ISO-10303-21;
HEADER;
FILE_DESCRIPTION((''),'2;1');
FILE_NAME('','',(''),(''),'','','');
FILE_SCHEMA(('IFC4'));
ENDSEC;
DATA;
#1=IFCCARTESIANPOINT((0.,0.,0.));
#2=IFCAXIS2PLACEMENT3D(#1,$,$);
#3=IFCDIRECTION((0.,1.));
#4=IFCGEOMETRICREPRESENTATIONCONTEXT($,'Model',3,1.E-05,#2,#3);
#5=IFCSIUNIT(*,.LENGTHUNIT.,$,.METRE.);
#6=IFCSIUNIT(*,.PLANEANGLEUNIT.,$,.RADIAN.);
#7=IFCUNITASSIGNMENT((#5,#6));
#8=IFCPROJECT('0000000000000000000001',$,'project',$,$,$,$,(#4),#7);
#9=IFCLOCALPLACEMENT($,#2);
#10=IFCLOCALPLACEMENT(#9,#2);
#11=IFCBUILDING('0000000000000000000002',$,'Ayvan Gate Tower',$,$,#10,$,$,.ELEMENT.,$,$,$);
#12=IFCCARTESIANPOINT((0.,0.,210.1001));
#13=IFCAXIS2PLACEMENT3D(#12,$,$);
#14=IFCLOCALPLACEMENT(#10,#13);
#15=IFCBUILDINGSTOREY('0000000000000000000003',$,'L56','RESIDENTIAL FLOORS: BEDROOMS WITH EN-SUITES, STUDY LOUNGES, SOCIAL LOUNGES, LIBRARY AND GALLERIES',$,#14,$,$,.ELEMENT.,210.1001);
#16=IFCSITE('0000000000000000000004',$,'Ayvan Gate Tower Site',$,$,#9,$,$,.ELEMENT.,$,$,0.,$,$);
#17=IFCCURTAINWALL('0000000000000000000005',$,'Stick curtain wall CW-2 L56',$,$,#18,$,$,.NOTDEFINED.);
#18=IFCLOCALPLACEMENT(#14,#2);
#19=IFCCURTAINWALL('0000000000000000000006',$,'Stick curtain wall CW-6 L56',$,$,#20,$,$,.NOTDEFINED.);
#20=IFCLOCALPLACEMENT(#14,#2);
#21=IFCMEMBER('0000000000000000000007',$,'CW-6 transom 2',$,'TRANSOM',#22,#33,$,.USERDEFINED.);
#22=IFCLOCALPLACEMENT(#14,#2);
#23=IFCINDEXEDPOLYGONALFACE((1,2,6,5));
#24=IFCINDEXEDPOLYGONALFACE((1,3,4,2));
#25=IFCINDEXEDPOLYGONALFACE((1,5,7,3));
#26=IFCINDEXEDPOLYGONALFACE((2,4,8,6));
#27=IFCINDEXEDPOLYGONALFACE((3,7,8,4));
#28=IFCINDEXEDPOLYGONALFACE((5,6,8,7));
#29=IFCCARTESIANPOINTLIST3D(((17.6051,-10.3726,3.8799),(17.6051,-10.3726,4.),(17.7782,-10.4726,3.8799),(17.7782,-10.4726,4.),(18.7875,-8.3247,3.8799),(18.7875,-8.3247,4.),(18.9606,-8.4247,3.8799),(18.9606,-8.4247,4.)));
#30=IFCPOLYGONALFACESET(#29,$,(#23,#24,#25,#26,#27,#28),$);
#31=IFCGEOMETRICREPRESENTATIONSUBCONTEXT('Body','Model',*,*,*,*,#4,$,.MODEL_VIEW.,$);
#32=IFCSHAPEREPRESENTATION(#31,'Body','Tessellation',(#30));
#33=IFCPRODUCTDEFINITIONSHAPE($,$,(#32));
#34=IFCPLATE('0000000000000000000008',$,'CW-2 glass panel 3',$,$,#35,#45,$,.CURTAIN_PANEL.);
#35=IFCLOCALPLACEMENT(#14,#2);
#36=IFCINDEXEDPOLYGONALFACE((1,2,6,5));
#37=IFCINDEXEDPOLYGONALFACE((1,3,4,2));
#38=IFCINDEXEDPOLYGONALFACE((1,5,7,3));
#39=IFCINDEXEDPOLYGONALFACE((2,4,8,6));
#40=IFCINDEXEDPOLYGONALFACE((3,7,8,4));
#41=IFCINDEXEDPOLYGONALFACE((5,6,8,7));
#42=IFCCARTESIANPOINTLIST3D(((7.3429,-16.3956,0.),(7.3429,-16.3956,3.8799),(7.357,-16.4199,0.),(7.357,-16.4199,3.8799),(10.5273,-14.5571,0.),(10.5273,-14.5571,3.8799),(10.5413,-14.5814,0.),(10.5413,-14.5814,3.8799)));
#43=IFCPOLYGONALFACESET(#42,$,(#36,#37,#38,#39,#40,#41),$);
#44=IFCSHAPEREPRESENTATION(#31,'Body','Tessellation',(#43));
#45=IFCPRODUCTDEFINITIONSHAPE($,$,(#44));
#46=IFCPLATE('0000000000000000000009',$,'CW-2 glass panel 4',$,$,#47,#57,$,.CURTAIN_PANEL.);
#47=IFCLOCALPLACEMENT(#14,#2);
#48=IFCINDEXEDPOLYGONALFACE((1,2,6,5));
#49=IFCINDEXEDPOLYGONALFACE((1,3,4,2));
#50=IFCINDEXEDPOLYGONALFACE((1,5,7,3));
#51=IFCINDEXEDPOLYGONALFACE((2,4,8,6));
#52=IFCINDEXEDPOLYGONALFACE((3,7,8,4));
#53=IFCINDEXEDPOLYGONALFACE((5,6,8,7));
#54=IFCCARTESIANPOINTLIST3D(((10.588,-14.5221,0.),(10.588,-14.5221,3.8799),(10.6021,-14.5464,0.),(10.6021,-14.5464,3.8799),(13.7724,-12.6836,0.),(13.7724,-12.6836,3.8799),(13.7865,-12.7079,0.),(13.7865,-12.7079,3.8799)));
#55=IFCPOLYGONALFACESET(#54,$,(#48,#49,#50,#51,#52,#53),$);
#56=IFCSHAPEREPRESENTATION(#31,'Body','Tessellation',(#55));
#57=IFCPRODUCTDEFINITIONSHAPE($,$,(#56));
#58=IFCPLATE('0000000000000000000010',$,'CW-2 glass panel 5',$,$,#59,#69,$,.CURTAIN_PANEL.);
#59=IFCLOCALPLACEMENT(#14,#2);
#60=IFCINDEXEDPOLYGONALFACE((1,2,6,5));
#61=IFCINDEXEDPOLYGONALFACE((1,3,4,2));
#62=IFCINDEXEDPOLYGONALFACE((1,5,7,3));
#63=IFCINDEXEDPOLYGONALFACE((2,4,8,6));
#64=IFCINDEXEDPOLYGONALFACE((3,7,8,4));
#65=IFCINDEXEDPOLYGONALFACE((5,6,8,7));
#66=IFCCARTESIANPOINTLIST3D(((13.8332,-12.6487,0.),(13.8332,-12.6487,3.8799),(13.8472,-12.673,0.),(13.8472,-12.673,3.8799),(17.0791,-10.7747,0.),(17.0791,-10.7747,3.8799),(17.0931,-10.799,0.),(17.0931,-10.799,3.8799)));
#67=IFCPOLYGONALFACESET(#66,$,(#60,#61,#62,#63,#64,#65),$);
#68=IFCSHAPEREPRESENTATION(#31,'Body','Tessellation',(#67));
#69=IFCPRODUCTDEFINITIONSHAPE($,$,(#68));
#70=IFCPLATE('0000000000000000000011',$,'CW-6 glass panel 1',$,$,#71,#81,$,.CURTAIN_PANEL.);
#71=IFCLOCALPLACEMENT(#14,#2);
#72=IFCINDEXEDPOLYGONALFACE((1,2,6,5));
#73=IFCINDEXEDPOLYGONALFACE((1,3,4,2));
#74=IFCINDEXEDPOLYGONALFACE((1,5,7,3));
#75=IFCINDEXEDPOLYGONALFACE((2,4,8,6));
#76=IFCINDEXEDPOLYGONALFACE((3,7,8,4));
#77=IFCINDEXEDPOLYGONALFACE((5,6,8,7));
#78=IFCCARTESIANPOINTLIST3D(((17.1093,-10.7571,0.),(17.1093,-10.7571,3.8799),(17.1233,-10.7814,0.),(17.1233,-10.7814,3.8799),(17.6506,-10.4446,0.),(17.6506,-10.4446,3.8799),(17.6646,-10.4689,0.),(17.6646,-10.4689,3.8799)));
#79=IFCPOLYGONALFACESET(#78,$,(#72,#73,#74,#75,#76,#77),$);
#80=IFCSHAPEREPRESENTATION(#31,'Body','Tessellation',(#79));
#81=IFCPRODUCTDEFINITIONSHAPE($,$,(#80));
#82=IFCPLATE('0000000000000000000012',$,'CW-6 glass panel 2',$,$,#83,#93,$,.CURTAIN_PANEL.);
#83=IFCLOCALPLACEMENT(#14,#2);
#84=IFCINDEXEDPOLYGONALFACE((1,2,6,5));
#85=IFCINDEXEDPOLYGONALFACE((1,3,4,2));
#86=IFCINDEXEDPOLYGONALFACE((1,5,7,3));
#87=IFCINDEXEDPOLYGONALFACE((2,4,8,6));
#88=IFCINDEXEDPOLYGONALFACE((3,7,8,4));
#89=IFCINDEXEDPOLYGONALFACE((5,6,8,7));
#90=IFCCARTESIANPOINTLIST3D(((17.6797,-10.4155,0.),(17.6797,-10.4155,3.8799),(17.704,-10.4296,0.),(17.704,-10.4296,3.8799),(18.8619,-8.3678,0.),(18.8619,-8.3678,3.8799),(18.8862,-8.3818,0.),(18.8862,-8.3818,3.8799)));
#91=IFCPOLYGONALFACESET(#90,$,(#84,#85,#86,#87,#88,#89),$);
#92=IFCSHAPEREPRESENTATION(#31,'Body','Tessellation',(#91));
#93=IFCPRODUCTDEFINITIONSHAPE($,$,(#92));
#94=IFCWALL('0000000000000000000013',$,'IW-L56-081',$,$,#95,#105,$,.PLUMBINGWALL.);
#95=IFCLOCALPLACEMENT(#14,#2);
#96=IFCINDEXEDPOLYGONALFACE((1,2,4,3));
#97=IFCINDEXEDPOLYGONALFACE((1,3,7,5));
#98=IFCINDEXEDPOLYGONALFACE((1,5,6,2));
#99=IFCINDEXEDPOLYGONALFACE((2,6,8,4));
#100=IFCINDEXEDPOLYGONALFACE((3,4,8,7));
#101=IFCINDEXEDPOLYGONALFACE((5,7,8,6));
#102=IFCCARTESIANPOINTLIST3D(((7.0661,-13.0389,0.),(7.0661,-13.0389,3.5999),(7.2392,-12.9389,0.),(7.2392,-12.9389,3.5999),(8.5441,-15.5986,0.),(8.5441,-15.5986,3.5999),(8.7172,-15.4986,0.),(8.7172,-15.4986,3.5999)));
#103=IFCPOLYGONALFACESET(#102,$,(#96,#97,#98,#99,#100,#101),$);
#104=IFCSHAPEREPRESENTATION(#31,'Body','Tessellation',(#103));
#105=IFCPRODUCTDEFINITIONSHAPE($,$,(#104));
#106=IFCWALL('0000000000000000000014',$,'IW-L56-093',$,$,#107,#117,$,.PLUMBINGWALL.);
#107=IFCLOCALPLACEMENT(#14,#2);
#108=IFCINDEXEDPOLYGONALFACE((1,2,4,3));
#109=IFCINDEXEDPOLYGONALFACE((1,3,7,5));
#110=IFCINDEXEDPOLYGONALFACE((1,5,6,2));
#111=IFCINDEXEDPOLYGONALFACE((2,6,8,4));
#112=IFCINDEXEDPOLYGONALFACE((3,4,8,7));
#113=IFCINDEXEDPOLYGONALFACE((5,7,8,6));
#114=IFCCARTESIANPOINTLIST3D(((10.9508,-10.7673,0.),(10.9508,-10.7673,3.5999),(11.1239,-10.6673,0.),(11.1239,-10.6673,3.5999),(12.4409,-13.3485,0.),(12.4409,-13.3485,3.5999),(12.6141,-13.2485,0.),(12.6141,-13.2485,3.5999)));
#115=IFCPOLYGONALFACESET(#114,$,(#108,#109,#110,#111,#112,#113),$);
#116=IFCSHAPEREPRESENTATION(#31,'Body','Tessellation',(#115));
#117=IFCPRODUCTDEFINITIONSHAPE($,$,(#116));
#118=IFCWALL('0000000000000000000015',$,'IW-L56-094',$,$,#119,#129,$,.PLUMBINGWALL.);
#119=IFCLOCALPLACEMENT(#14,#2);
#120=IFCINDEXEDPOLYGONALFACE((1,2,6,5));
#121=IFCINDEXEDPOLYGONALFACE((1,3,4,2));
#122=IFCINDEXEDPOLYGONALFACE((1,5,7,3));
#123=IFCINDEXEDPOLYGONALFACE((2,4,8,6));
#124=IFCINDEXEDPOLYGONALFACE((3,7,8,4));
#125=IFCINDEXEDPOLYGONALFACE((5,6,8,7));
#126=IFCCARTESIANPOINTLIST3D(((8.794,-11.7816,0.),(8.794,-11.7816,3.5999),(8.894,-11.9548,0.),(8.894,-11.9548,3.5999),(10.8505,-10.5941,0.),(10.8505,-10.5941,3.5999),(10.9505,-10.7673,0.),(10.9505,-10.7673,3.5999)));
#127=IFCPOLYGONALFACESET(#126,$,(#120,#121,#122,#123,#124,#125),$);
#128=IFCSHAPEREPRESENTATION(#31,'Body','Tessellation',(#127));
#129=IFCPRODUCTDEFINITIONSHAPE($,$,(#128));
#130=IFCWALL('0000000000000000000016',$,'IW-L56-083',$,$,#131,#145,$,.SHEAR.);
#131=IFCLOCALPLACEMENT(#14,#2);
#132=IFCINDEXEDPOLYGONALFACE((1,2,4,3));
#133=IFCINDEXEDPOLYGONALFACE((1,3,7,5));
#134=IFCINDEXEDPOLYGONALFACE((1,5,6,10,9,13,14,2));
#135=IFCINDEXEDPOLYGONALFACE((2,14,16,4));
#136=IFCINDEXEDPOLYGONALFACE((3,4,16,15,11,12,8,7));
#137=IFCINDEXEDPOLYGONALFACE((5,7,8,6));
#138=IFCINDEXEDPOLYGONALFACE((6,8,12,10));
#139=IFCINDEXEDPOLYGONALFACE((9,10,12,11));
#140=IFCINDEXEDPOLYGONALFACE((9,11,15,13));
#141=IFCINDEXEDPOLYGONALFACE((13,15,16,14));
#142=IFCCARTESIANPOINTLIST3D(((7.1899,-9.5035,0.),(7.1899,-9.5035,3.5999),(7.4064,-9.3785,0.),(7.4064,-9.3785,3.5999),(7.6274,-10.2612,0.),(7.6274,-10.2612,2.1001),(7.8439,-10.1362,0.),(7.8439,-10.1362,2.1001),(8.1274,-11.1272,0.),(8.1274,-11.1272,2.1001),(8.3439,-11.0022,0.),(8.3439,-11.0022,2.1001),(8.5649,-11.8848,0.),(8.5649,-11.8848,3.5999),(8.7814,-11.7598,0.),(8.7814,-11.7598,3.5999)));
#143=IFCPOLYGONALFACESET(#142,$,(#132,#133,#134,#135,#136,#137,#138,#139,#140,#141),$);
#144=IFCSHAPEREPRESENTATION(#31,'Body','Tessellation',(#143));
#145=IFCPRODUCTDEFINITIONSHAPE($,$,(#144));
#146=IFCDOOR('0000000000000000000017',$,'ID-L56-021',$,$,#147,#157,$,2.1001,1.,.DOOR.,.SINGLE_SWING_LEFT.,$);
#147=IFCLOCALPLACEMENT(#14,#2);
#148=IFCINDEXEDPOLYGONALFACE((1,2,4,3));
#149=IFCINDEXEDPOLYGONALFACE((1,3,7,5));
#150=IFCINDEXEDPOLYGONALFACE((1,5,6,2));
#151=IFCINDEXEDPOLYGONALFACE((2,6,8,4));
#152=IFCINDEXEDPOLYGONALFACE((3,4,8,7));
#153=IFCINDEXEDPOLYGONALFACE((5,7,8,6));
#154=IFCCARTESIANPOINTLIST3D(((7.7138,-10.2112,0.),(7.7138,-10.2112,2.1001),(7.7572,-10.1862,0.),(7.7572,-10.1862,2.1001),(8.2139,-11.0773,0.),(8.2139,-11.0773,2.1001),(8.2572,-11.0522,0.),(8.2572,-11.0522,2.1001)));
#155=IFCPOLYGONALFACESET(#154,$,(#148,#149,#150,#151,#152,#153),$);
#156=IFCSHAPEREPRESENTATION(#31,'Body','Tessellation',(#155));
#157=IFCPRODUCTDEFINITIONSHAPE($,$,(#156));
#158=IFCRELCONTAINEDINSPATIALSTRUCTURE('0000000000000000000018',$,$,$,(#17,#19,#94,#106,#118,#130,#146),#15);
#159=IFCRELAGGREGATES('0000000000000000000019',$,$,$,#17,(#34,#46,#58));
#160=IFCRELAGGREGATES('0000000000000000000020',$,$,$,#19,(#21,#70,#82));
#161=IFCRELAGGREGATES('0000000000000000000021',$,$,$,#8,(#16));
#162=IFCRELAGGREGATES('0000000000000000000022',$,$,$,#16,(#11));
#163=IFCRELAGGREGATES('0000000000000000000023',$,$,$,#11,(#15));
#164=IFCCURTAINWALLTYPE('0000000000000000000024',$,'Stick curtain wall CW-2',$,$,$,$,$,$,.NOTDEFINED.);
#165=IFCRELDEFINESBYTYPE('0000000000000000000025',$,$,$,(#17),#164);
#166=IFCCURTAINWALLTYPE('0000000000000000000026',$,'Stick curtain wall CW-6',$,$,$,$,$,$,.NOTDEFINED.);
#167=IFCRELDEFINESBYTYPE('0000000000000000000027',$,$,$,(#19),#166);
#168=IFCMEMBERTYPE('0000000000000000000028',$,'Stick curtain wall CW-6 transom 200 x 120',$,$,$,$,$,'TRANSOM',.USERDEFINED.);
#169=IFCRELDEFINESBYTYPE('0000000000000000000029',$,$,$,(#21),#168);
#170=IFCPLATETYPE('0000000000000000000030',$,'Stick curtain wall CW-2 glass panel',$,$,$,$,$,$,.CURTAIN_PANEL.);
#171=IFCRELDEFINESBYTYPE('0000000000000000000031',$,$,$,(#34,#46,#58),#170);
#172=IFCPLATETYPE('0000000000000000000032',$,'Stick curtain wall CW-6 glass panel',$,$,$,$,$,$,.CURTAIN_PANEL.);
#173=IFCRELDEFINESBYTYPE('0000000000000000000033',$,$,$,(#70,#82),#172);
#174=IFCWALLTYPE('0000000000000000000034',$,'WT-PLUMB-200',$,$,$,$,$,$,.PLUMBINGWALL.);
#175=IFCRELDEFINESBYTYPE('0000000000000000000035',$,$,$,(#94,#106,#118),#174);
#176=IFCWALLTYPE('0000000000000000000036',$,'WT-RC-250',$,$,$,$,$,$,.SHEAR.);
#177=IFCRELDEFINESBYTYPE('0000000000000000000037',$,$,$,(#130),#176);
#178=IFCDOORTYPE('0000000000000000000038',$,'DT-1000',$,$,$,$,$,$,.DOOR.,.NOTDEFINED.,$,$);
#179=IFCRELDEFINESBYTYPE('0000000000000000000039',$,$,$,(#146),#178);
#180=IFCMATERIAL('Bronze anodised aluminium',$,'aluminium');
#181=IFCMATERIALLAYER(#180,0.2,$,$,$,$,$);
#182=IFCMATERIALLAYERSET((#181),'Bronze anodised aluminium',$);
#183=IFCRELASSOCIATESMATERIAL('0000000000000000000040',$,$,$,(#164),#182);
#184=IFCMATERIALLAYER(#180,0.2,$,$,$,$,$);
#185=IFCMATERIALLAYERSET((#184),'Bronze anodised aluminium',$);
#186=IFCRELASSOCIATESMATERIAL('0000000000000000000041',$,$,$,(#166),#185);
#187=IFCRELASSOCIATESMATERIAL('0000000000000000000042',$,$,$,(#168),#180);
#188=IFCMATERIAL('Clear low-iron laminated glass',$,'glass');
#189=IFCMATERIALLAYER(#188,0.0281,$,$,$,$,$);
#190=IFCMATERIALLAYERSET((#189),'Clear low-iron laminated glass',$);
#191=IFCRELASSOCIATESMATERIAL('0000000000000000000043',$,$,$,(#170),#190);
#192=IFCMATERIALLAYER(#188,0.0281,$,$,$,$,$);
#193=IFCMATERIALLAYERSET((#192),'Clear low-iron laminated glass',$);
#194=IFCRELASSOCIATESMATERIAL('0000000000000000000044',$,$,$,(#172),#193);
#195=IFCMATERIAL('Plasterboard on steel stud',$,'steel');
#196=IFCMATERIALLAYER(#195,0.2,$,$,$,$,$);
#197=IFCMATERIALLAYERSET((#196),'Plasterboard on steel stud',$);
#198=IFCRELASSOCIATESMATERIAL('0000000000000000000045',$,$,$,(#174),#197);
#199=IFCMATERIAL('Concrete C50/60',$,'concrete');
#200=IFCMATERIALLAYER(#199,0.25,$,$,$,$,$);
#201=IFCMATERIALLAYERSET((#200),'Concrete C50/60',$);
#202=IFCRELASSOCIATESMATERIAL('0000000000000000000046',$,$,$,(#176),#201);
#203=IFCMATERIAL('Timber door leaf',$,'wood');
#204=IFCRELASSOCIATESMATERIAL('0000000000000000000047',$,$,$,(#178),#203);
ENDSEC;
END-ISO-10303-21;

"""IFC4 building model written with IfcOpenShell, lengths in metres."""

from ifc_helpers import new_model, si_unit, direction, frame, frame_2d, origin, origin_2d, place, context, subcontext, project, spatial, rectangle, extrude, material, layer, layer_set, material_profile, profile_set, type_object, element, fill, aggregate, save


model = new_model("IFC4")

# Units and contexts
model_context = context("Model", 3, precision=1e-05, world=origin(), true_north=direction((0.0, 1.0)))
body_context = subcontext(model_context, "Body", "Model", "MODEL_VIEW")
ifc_project = project(units=[si_unit("LENGTHUNIT", "METRE"), si_unit("PLANEANGLEUNIT", "RADIAN")], contexts=[model_context])

# Site, building, storey
site_placement = place(None, origin())
site = spatial("IfcSite", under=ifc_project, at=site_placement, Name="Ayvan Gate Tower Site", CompositionType="ELEMENT", RefElevation=0.0)
building_placement = place(site_placement, origin())
building = spatial("IfcBuilding", under=site, at=building_placement, Name="Ayvan Gate Tower", CompositionType="ELEMENT")
storey_placement = place(building_placement, frame((0.0, 0.0, 210.1001)))
storey = spatial("IfcBuildingStorey", under=building, at=storey_placement, Name="L56", Description="RESIDENTIAL FLOORS: BEDROOMS WITH EN-SUITES, STUDY LOUNGES, SOCIAL LOUNGES, LIBRARY AND GALLERIES", CompositionType="ELEMENT", Elevation=210.1001)

# Curtain walls, member
ifc_material_1 = material(Name="Bronze anodised aluminium", Category="aluminium")
ifc_layer_1 = layer(ifc_material_1, 0.2)
ifc_layer_set_1 = layer_set([ifc_layer_1], Name="Bronze anodised aluminium")
curtain_wall_type_1 = type_object("IfcCurtainWallType", Name="Stick curtain wall CW-2", PredefinedType="NOTDEFINED", material=ifc_layer_set_1)
curtain_wall_1_placement = place(storey_placement, origin())
curtain_wall_1 = element("IfcCurtainWall", 1, at=curtain_wall_1_placement, inside=storey, type_object=curtain_wall_type_1, Name="Stick curtain wall CW-2 L56", PredefinedType="NOTDEFINED")
ifc_layer_2 = layer(ifc_material_1, 0.2)
ifc_layer_set_2 = layer_set([ifc_layer_2], Name="Bronze anodised aluminium")
curtain_wall_type_2 = type_object("IfcCurtainWallType", Name="Stick curtain wall CW-6", PredefinedType="NOTDEFINED", material=ifc_layer_set_2)
curtain_wall_2_placement = place(storey_placement, origin())
curtain_wall_2 = element("IfcCurtainWall", 2, at=curtain_wall_2_placement, inside=storey, type_object=curtain_wall_type_2, Name="Stick curtain wall CW-6 L56", PredefinedType="NOTDEFINED")
ifc_material_profile_1 = material_profile(ifc_material_1, rectangle(XDim=0.2, YDim=0.1201, at=origin_2d()), Name="Stick curtain wall CW-6 transom 200 x 120")
ifc_profile_set_1 = profile_set([ifc_material_profile_1], Name="Bronze anodised aluminium")
member_type_1 = type_object("IfcMemberType", Name="Stick curtain wall CW-6 transom 200 x 120", ElementType="TRANSOM", PredefinedType="USERDEFINED", material=ifc_profile_set_1)
member_1_placement = place(storey_placement, frame((17.6917, -10.4226, 3.9399), z_axis=(0.500014, 0.866017, 0.0), x_axis=(-0.866017, 0.500014, 0.0)))
member_1 = element("IfcMember", 3, at=member_1_placement, type_object=member_type_1, Name="CW-6 transom 2", ObjectType="TRANSOM", PredefinedType="USERDEFINED", context=body_context, shape_type="SweptSolid", body=[
    extrude(rectangle(XDim=0.2, YDim=0.1201, at=origin_2d()), origin(), (0.0, 0.0, 1.0), 2.3647),
])

# Plates
ifc_material_2 = material(Name="Clear low-iron laminated glass", Category="glass")
ifc_layer_3 = layer(ifc_material_2, 0.0281)
ifc_layer_set_3 = layer_set([ifc_layer_3], Name="Clear low-iron laminated glass")
plate_type_1 = type_object("IfcPlateType", Name="Stick curtain wall CW-2 glass panel", PredefinedType="CURTAIN_PANEL", material=ifc_layer_set_3)
plate_1_placement = place(storey_placement, frame((8.9421, -15.4885, 0.0), z_axis=(0.0, 0.0, 1.0), x_axis=(0.866025, 0.5, 0.0)))
plate_1 = element("IfcPlate", 4, at=plate_1_placement, type_object=plate_type_1, Name="CW-2 glass panel 3", PredefinedType="CURTAIN_PANEL", context=body_context, shape_type="SweptSolid", body=[
    extrude(rectangle(XDim=3.677, YDim=0.0281, at=origin_2d()), origin(), (0.0, 0.0, 1.0), 3.8799),
])
plate_2_placement = place(storey_placement, frame((12.1873, -13.615, 0.0), z_axis=(0.0, 0.0, 1.0), x_axis=(0.866025, 0.5, 0.0)))
plate_2 = element("IfcPlate", 5, at=plate_2_placement, type_object=plate_type_1, Name="CW-2 glass panel 4", PredefinedType="CURTAIN_PANEL", context=body_context, shape_type="SweptSolid", body=[
    extrude(rectangle(XDim=3.677, YDim=0.0281, at=origin_2d()), origin(), (0.0, 0.0, 1.0), 3.8799),
])
plate_3_placement = place(storey_placement, frame((15.4631, -11.7239, 0.0), z_axis=(0.0, 0.0, 1.0), x_axis=(0.866025, 0.5, 0.0)))
plate_3 = element("IfcPlate", 6, at=plate_3_placement, type_object=plate_type_1, Name="CW-2 glass panel 5", PredefinedType="CURTAIN_PANEL", context=body_context, shape_type="SweptSolid", body=[
    extrude(rectangle(XDim=3.748, YDim=0.0281, at=origin_2d()), origin(), (0.0, 0.0, 1.0), 3.8799),
])
aggregate(curtain_wall_1, [plate_1, plate_2, plate_3])
ifc_layer_4 = layer(ifc_material_2, 0.0281)
ifc_layer_set_4 = layer_set([ifc_layer_4], Name="Clear low-iron laminated glass")
plate_type_2 = type_object("IfcPlateType", Name="Stick curtain wall CW-6 glass panel", PredefinedType="CURTAIN_PANEL", material=ifc_layer_set_4)
plate_4_placement = place(storey_placement, frame((17.387, -10.613, 0.0), z_axis=(0.0, 0.0, 1.0), x_axis=(0.866025, 0.5, 0.0)))
plate_4 = element("IfcPlate", 7, at=plate_4_placement, type_object=plate_type_2, Name="CW-6 glass panel 1", PredefinedType="CURTAIN_PANEL", context=body_context, shape_type="SweptSolid", body=[
    extrude(rectangle(XDim=0.625, YDim=0.0281, at=origin_2d()), origin(), (0.0, 0.0, 1.0), 3.8799),
])
plate_5_placement = place(storey_placement, frame((18.283, -9.3987, 0.0), z_axis=(0.0, 0.0, 1.0), x_axis=(0.5, 0.866025, 0.0)))
plate_5 = element("IfcPlate", 8, at=plate_5_placement, type_object=plate_type_2, Name="CW-6 glass panel 2", PredefinedType="CURTAIN_PANEL", context=body_context, shape_type="SweptSolid", body=[
    extrude(rectangle(XDim=2.3645, YDim=0.0281, at=origin_2d()), origin(), (0.0, 0.0, 1.0), 3.8799),
])
aggregate(curtain_wall_2, [member_1, plate_4, plate_5])

# Walls
ifc_material_3 = material(Name="Plasterboard on steel stud", Category="steel")
ifc_layer_5 = layer(ifc_material_3, 0.2)
ifc_layer_set_5 = layer_set([ifc_layer_5], Name="Plasterboard on steel stud")
wall_type_1 = type_object("IfcWallType", Name="WT-PLUMB-200", PredefinedType="PLUMBINGWALL", material=ifc_layer_set_5)
wall_1_placement = place(storey_placement, frame((7.1526, -12.9888, 0.0), z_axis=(0.0, 0.0, 1.0), x_axis=(0.50003, -0.866008, 0.0)))
element("IfcWall", 9, at=wall_1_placement, inside=storey, type_object=wall_type_1, Name="IW-L56-081", PredefinedType="PLUMBINGWALL", context=body_context, shape_type="SweptSolid", body=[
    extrude(rectangle(XDim=2.9558, YDim=0.2, at=frame_2d((1.478, 0.0))), origin(), (0.0, 0.0, 1.0), 3.5999),
])
wall_2_placement = place(storey_placement, frame((11.0374, -10.7173, 0.0), z_axis=(0.0, 0.0, 1.0), x_axis=(0.49998, -0.866037, 0.0)))
element("IfcWall", 10, at=wall_2_placement, inside=storey, type_object=wall_type_1, Name="IW-L56-093", PredefinedType="PLUMBINGWALL", context=body_context, shape_type="SweptSolid", body=[
    extrude(rectangle(XDim=2.9805, YDim=0.2, at=frame_2d((1.4902, 0.0))), origin(), (0.0, 0.0, 1.0), 3.5999),
])
wall_3_placement = place(storey_placement, frame((10.9006, -10.6807, 0.0), z_axis=(0.0, 0.0, 1.0), x_axis=(-0.866008, -0.500031, 0.0)))
element("IfcWall", 11, at=wall_3_placement, inside=storey, type_object=wall_type_1, Name="IW-L56-094", PredefinedType="PLUMBINGWALL", context=body_context, shape_type="SweptSolid", body=[
    extrude(rectangle(XDim=2.3748, YDim=0.2, at=frame_2d((1.1875, 0.0))), origin(), (0.0, 0.0, 1.0), 3.5999),
])

# Wall, opening, door
ifc_material_4 = material(Name="Concrete C50/60", Category="concrete")
ifc_layer_6 = layer(ifc_material_4, 0.25)
ifc_layer_set_6 = layer_set([ifc_layer_6], Name="Concrete C50/60")
wall_type_2 = type_object("IfcWallType", Name="WT-RC-250", PredefinedType="SHEAR", material=ifc_layer_set_6)
wall_4_placement = place(storey_placement, frame((7.2981, -9.4409, 0.0), z_axis=(0.0, 0.0, 1.0), x_axis=(0.500035, -0.866005, 0.0)))
wall_4 = element("IfcWall", 12, at=wall_4_placement, inside=storey, type_object=wall_type_2, Name="IW-L56-083", PredefinedType="SHEAR", context=body_context, shape_type="SweptSolid", body=[
    extrude(rectangle(XDim=2.7498, YDim=0.25, at=frame_2d((1.375, 0.0))), origin(), (0.0, 0.0, 1.0), 3.5999),
])
opening_placement = place(wall_4_placement, frame((0.875, 0.0, 0.0)))
opening = element("IfcOpeningElement", 13, at=opening_placement, cuts=wall_4, PredefinedType="OPENING", context=body_context, shape_type="SweptSolid", body=[
    extrude(rectangle(XDim=1.0, YDim=2.1001, at=frame_2d((0.5, 1.05))), frame((0.0, 0.135, 0.0), z_axis=(0.0, -1.0, 0.0), x_axis=(1.0, 0.0, 0.0)), (0.0, 0.0, 1.0), 0.27),
])
ifc_material_5 = material(Name="Timber door leaf", Category="wood")
door_type = type_object("IfcDoorType", Name="DT-1000", OperationType="NOTDEFINED", PredefinedType="DOOR", material=ifc_material_5)
door_placement = place(opening_placement, origin())
door = element("IfcDoor", 14, at=door_placement, inside=storey, type_object=door_type, Name="ID-L56-021", OperationType="SINGLE_SWING_LEFT", OverallHeight=2.1001, OverallWidth=1.0, PredefinedType="DOOR", context=body_context, shape_type="SweptSolid", body=[
    extrude(rectangle(XDim=1.0, YDim=2.1001, at=frame_2d((0.5, 1.05))), frame((0.0, 0.0249, 0.0), z_axis=(0.0, -1.0, 0.0), x_axis=(1.0, 0.0, 0.0)), (0.0, 0.0, 1.0), 0.05),
])
fill(opening, door)

save(model, "model.ifc")
